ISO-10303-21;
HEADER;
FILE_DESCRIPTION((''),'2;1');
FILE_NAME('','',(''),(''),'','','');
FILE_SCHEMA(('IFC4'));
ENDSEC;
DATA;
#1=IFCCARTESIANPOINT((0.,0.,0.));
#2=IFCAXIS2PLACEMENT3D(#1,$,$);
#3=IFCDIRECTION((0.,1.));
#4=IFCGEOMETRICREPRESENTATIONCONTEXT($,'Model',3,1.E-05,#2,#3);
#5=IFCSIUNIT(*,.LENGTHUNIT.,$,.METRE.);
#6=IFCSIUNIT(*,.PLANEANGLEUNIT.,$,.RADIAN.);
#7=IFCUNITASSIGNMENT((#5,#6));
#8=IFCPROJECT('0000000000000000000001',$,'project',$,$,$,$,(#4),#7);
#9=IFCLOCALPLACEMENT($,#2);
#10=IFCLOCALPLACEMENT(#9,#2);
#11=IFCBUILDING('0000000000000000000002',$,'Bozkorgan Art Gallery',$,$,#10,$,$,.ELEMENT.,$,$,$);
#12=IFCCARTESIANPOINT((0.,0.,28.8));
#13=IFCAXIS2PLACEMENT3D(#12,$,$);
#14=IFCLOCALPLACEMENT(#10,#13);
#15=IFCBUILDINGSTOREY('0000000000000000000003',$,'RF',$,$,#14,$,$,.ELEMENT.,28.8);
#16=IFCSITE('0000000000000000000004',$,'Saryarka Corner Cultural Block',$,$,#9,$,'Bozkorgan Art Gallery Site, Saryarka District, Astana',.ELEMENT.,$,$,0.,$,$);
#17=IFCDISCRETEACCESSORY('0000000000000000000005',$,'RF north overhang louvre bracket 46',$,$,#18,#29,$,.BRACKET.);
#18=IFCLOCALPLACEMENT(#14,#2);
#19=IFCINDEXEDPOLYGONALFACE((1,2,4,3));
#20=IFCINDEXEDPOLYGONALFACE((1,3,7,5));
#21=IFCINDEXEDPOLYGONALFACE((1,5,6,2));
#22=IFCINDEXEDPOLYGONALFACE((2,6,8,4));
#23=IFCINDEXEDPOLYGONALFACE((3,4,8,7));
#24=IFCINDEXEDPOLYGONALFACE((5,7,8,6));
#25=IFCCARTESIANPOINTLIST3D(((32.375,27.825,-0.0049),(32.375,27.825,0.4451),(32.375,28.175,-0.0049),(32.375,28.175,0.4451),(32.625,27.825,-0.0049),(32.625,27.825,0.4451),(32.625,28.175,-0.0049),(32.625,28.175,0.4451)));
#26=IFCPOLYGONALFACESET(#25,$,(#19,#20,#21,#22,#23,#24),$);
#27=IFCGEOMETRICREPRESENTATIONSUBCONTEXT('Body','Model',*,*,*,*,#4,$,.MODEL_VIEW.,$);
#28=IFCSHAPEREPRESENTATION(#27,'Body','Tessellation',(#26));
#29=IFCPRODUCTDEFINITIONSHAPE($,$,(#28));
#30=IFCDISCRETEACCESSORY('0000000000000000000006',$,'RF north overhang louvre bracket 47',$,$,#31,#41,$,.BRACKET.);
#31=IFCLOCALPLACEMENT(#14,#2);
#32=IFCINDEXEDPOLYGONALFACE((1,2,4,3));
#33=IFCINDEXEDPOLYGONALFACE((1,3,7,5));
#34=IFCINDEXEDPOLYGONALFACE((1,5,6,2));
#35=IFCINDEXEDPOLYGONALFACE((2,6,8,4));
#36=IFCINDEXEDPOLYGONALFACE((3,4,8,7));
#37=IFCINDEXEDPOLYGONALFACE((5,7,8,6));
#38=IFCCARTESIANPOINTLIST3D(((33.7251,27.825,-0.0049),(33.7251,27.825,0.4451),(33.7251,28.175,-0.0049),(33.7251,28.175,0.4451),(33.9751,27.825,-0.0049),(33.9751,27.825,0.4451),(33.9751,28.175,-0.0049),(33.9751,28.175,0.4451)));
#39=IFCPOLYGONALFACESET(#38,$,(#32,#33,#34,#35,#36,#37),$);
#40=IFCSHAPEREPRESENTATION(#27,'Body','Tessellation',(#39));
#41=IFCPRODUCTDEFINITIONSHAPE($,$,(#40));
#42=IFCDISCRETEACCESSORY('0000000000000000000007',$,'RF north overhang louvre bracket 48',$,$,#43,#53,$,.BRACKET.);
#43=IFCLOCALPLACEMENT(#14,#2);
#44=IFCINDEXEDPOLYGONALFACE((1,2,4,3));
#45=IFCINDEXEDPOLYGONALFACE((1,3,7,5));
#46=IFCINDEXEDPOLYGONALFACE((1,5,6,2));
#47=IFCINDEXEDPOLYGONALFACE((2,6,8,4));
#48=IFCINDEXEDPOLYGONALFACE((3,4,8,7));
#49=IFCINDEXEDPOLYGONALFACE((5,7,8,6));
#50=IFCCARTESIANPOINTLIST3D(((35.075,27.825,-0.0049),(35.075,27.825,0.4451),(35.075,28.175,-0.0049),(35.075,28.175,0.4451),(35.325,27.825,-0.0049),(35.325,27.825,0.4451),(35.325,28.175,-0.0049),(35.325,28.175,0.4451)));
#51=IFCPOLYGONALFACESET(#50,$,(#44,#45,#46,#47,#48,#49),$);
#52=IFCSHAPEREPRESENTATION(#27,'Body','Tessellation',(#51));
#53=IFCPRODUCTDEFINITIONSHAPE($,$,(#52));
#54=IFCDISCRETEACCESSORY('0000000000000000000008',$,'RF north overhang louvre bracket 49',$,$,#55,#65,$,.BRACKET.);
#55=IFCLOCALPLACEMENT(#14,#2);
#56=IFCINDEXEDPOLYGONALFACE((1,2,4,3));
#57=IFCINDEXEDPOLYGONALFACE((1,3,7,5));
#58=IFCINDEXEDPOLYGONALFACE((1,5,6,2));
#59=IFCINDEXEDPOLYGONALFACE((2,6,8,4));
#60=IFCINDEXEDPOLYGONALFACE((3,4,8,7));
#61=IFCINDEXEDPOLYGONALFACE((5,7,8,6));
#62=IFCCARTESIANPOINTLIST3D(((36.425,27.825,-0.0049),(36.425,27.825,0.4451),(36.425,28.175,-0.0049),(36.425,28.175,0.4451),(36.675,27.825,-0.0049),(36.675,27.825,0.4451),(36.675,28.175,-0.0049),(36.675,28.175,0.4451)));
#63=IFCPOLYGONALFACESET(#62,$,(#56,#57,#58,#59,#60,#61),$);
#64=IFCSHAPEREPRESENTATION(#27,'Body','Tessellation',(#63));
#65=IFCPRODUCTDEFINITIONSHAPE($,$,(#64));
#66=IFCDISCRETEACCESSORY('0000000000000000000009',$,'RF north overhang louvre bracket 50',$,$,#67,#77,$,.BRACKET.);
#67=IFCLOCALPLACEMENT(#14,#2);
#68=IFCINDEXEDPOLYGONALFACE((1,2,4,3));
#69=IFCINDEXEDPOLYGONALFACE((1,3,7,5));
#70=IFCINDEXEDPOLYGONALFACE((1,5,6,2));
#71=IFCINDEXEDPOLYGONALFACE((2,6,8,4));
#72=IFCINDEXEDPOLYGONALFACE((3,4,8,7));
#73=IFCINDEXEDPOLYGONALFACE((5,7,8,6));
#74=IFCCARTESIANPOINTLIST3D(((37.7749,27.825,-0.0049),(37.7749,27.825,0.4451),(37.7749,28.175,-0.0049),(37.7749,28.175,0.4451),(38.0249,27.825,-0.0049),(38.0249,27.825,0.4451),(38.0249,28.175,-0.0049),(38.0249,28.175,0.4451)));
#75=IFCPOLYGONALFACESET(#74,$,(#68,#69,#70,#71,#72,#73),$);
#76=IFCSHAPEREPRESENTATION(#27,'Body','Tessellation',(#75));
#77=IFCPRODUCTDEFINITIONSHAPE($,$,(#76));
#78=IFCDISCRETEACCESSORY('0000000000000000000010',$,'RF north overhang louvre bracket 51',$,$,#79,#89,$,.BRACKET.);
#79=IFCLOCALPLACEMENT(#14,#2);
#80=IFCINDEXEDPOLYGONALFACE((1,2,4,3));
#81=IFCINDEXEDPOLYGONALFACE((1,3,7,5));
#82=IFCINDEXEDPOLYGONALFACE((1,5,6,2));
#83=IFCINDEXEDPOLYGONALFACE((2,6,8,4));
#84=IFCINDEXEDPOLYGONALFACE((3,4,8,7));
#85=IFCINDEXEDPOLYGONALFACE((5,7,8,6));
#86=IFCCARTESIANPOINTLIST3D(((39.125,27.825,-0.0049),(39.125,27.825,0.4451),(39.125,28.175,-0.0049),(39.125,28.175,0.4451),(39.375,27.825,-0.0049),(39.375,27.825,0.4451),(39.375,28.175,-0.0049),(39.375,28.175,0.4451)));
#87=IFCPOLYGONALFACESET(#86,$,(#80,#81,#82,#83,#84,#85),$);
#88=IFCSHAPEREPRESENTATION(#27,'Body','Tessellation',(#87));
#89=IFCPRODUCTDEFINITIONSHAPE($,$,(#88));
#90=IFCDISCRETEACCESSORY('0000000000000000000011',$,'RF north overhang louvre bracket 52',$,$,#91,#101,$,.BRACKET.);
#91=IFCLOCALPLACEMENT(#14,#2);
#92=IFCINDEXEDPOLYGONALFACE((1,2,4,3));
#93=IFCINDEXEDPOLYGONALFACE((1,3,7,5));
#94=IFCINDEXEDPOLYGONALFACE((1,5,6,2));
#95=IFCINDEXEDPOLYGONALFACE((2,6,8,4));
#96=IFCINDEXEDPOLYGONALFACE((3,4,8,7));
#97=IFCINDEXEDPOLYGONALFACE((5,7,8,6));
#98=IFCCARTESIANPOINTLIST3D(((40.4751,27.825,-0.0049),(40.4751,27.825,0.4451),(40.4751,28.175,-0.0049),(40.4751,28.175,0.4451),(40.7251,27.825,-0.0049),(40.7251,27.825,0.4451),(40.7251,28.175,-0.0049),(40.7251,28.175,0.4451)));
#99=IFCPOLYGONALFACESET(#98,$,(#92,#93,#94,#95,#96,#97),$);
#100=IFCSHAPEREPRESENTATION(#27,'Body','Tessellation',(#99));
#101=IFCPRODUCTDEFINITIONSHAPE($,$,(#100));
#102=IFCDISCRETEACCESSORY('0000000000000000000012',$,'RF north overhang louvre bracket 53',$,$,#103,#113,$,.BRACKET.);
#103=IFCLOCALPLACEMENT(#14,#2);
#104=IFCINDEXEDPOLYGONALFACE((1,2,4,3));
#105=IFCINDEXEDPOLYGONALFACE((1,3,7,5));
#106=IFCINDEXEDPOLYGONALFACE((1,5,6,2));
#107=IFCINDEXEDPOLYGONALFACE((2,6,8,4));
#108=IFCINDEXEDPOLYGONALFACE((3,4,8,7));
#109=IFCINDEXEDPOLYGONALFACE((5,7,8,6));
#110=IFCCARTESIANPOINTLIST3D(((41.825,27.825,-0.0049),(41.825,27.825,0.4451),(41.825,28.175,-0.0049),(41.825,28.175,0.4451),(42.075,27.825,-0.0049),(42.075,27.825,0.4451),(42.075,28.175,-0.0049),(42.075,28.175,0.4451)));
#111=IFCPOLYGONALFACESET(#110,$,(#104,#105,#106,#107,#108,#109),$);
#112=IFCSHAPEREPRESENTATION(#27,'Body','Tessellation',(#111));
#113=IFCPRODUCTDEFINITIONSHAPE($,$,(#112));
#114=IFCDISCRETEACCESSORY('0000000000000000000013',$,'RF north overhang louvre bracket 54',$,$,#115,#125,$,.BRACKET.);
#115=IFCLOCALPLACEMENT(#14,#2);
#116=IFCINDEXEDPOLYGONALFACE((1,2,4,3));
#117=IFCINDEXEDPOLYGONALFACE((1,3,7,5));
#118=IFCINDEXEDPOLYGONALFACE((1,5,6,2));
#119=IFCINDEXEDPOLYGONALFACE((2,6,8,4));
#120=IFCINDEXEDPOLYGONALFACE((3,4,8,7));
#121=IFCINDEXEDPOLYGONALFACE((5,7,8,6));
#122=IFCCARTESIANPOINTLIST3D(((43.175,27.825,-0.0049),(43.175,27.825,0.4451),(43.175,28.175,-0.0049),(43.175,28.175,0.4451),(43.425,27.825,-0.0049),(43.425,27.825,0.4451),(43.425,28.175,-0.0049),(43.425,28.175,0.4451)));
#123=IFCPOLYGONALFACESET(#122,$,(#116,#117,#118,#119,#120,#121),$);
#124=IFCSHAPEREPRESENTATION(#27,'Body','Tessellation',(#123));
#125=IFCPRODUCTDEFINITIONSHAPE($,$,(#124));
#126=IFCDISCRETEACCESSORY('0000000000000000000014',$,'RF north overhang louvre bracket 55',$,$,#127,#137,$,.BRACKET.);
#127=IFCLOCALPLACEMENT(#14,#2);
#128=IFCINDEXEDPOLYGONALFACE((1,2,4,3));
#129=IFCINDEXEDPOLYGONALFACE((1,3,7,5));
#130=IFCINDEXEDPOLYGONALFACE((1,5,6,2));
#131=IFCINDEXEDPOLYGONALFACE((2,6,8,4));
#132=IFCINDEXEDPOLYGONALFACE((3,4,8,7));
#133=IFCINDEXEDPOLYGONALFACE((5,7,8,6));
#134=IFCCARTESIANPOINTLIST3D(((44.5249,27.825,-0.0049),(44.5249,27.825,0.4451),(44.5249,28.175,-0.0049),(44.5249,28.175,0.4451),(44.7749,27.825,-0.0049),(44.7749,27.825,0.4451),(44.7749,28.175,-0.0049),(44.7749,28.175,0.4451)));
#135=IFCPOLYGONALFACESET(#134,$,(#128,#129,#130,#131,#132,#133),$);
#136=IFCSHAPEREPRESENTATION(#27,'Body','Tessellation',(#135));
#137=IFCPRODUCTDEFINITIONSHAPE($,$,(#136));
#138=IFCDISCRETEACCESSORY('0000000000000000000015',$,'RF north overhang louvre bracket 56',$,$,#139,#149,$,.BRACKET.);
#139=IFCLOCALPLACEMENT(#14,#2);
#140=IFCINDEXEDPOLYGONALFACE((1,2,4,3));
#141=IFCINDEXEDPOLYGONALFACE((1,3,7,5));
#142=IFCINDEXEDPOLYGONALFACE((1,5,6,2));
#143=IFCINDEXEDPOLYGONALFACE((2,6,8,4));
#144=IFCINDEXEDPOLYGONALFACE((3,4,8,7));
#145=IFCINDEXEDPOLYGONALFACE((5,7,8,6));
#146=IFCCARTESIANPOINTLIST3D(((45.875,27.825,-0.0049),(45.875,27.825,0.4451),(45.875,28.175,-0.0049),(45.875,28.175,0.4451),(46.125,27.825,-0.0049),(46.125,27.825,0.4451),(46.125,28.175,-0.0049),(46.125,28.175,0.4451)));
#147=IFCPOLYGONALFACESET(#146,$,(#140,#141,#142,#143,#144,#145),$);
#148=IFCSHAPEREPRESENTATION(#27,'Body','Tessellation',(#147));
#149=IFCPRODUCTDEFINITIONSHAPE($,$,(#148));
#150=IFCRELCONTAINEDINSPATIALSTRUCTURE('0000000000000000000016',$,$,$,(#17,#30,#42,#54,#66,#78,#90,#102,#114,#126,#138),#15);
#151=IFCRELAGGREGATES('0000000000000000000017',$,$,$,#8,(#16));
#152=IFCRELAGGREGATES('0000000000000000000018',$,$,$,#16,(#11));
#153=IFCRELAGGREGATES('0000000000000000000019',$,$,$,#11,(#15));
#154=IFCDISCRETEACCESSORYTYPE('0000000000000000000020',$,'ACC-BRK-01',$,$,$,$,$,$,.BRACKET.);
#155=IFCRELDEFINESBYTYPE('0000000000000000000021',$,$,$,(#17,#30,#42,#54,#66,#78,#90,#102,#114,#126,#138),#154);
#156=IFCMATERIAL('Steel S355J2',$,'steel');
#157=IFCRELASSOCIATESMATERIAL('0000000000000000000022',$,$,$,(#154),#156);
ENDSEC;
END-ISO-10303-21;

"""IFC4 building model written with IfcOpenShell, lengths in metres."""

from ifc_helpers import new_model, si_unit, direction, frame, origin, origin_2d, place, context, subcontext, project, spatial, rectangle, extrude, material, type_object, element, save


model = new_model("IFC4")

# Units and contexts
model_context = context("Model", 3, precision=1e-05, world=origin(), true_north=direction((0.0, 1.0)))
body_context = subcontext(model_context, "Body", "Model", "MODEL_VIEW")
ifc_project = project(units=[si_unit("LENGTHUNIT", "METRE"), si_unit("PLANEANGLEUNIT", "RADIAN")], contexts=[model_context])

# Site, building, storey
site_placement = place(None, origin())
site = spatial("IfcSite", under=ifc_project, at=site_placement, Name="Saryarka Corner Cultural Block", LongName="Bozkorgan Art Gallery Site, Saryarka District, Astana", CompositionType="ELEMENT", RefElevation=0.0)
building_placement = place(site_placement, origin())
building = spatial("IfcBuilding", under=site, at=building_placement, Name="Bozkorgan Art Gallery", CompositionType="ELEMENT")
storey_placement = place(building_placement, frame((0.0, 0.0, 28.8)))
storey = spatial("IfcBuildingStorey", under=building, at=storey_placement, Name="RF", CompositionType="ELEMENT", Elevation=28.8)

# Shared definitions
ifc_material_1 = material(Name="Steel S355J2", Category="steel")

# Discrete accessories
discrete_accessory_type = type_object("IfcDiscreteAccessoryType", Name="ACC-BRK-01", PredefinedType="BRACKET", material=ifc_material_1)
for number, where, z_axis, x_axis, name in (
    (1, (32.5, 28.0, -0.0049), (0.0, 0.0, 1.0), (1.0, 0.0, 0.0), "RF north overhang louvre bracket 46"),
    (2, (33.8501, 28.0, -0.0049), (0.0, 0.0, 1.0), (1.0, 0.0, 0.0), "RF north overhang louvre bracket 47"),
    (3, (35.2, 28.0, -0.0049), (0.0, 0.0, 1.0), (1.0, 0.0, 0.0), "RF north overhang louvre bracket 48"),
    (4, (36.55, 28.0, -0.0049), (0.0, 0.0, 1.0), (1.0, 0.0, 0.0), "RF north overhang louvre bracket 49"),
    (5, (37.8999, 28.0, -0.0049), (0.0, 0.0, 1.0), (1.0, 0.0, 0.0), "RF north overhang louvre bracket 50"),
    (6, (39.25, 28.0, -0.0049), (0.0, 0.0, 1.0), (1.0, 0.0, 0.0), "RF north overhang louvre bracket 51"),
    (7, (40.6001, 28.0, -0.0049), (0.0, 0.0, 1.0), (1.0, 0.0, 0.0), "RF north overhang louvre bracket 52"),
    (8, (41.95, 28.0, -0.0049), (0.0, 0.0, 1.0), (1.0, 0.0, 0.0), "RF north overhang louvre bracket 53"),
    (9, (43.3, 28.0, -0.0049), (0.0, 0.0, 1.0), (1.0, 0.0, 0.0), "RF north overhang louvre bracket 54"),
    (10, (44.6499, 28.0, -0.0049), (0.0, 0.0, 1.0), (1.0, 0.0, 0.0), "RF north overhang louvre bracket 55"),
    (11, (46.0, 28.0, -0.0049), (0.0, 0.0, 1.0), (1.0, 0.0, 0.0), "RF north overhang louvre bracket 56"),
):
    element("IfcDiscreteAccessory", number, at=place(storey_placement, frame(where, z_axis=z_axis, x_axis=x_axis)), inside=storey, type_object=discrete_accessory_type, Name=name, PredefinedType="BRACKET", context=body_context, shape_type="SweptSolid", body=[
        extrude(rectangle(XDim=0.25, YDim=0.3501, at=origin_2d()), origin(), (0.0, 0.0, 1.0), 0.45),
    ])

save(model, "model.ifc")
